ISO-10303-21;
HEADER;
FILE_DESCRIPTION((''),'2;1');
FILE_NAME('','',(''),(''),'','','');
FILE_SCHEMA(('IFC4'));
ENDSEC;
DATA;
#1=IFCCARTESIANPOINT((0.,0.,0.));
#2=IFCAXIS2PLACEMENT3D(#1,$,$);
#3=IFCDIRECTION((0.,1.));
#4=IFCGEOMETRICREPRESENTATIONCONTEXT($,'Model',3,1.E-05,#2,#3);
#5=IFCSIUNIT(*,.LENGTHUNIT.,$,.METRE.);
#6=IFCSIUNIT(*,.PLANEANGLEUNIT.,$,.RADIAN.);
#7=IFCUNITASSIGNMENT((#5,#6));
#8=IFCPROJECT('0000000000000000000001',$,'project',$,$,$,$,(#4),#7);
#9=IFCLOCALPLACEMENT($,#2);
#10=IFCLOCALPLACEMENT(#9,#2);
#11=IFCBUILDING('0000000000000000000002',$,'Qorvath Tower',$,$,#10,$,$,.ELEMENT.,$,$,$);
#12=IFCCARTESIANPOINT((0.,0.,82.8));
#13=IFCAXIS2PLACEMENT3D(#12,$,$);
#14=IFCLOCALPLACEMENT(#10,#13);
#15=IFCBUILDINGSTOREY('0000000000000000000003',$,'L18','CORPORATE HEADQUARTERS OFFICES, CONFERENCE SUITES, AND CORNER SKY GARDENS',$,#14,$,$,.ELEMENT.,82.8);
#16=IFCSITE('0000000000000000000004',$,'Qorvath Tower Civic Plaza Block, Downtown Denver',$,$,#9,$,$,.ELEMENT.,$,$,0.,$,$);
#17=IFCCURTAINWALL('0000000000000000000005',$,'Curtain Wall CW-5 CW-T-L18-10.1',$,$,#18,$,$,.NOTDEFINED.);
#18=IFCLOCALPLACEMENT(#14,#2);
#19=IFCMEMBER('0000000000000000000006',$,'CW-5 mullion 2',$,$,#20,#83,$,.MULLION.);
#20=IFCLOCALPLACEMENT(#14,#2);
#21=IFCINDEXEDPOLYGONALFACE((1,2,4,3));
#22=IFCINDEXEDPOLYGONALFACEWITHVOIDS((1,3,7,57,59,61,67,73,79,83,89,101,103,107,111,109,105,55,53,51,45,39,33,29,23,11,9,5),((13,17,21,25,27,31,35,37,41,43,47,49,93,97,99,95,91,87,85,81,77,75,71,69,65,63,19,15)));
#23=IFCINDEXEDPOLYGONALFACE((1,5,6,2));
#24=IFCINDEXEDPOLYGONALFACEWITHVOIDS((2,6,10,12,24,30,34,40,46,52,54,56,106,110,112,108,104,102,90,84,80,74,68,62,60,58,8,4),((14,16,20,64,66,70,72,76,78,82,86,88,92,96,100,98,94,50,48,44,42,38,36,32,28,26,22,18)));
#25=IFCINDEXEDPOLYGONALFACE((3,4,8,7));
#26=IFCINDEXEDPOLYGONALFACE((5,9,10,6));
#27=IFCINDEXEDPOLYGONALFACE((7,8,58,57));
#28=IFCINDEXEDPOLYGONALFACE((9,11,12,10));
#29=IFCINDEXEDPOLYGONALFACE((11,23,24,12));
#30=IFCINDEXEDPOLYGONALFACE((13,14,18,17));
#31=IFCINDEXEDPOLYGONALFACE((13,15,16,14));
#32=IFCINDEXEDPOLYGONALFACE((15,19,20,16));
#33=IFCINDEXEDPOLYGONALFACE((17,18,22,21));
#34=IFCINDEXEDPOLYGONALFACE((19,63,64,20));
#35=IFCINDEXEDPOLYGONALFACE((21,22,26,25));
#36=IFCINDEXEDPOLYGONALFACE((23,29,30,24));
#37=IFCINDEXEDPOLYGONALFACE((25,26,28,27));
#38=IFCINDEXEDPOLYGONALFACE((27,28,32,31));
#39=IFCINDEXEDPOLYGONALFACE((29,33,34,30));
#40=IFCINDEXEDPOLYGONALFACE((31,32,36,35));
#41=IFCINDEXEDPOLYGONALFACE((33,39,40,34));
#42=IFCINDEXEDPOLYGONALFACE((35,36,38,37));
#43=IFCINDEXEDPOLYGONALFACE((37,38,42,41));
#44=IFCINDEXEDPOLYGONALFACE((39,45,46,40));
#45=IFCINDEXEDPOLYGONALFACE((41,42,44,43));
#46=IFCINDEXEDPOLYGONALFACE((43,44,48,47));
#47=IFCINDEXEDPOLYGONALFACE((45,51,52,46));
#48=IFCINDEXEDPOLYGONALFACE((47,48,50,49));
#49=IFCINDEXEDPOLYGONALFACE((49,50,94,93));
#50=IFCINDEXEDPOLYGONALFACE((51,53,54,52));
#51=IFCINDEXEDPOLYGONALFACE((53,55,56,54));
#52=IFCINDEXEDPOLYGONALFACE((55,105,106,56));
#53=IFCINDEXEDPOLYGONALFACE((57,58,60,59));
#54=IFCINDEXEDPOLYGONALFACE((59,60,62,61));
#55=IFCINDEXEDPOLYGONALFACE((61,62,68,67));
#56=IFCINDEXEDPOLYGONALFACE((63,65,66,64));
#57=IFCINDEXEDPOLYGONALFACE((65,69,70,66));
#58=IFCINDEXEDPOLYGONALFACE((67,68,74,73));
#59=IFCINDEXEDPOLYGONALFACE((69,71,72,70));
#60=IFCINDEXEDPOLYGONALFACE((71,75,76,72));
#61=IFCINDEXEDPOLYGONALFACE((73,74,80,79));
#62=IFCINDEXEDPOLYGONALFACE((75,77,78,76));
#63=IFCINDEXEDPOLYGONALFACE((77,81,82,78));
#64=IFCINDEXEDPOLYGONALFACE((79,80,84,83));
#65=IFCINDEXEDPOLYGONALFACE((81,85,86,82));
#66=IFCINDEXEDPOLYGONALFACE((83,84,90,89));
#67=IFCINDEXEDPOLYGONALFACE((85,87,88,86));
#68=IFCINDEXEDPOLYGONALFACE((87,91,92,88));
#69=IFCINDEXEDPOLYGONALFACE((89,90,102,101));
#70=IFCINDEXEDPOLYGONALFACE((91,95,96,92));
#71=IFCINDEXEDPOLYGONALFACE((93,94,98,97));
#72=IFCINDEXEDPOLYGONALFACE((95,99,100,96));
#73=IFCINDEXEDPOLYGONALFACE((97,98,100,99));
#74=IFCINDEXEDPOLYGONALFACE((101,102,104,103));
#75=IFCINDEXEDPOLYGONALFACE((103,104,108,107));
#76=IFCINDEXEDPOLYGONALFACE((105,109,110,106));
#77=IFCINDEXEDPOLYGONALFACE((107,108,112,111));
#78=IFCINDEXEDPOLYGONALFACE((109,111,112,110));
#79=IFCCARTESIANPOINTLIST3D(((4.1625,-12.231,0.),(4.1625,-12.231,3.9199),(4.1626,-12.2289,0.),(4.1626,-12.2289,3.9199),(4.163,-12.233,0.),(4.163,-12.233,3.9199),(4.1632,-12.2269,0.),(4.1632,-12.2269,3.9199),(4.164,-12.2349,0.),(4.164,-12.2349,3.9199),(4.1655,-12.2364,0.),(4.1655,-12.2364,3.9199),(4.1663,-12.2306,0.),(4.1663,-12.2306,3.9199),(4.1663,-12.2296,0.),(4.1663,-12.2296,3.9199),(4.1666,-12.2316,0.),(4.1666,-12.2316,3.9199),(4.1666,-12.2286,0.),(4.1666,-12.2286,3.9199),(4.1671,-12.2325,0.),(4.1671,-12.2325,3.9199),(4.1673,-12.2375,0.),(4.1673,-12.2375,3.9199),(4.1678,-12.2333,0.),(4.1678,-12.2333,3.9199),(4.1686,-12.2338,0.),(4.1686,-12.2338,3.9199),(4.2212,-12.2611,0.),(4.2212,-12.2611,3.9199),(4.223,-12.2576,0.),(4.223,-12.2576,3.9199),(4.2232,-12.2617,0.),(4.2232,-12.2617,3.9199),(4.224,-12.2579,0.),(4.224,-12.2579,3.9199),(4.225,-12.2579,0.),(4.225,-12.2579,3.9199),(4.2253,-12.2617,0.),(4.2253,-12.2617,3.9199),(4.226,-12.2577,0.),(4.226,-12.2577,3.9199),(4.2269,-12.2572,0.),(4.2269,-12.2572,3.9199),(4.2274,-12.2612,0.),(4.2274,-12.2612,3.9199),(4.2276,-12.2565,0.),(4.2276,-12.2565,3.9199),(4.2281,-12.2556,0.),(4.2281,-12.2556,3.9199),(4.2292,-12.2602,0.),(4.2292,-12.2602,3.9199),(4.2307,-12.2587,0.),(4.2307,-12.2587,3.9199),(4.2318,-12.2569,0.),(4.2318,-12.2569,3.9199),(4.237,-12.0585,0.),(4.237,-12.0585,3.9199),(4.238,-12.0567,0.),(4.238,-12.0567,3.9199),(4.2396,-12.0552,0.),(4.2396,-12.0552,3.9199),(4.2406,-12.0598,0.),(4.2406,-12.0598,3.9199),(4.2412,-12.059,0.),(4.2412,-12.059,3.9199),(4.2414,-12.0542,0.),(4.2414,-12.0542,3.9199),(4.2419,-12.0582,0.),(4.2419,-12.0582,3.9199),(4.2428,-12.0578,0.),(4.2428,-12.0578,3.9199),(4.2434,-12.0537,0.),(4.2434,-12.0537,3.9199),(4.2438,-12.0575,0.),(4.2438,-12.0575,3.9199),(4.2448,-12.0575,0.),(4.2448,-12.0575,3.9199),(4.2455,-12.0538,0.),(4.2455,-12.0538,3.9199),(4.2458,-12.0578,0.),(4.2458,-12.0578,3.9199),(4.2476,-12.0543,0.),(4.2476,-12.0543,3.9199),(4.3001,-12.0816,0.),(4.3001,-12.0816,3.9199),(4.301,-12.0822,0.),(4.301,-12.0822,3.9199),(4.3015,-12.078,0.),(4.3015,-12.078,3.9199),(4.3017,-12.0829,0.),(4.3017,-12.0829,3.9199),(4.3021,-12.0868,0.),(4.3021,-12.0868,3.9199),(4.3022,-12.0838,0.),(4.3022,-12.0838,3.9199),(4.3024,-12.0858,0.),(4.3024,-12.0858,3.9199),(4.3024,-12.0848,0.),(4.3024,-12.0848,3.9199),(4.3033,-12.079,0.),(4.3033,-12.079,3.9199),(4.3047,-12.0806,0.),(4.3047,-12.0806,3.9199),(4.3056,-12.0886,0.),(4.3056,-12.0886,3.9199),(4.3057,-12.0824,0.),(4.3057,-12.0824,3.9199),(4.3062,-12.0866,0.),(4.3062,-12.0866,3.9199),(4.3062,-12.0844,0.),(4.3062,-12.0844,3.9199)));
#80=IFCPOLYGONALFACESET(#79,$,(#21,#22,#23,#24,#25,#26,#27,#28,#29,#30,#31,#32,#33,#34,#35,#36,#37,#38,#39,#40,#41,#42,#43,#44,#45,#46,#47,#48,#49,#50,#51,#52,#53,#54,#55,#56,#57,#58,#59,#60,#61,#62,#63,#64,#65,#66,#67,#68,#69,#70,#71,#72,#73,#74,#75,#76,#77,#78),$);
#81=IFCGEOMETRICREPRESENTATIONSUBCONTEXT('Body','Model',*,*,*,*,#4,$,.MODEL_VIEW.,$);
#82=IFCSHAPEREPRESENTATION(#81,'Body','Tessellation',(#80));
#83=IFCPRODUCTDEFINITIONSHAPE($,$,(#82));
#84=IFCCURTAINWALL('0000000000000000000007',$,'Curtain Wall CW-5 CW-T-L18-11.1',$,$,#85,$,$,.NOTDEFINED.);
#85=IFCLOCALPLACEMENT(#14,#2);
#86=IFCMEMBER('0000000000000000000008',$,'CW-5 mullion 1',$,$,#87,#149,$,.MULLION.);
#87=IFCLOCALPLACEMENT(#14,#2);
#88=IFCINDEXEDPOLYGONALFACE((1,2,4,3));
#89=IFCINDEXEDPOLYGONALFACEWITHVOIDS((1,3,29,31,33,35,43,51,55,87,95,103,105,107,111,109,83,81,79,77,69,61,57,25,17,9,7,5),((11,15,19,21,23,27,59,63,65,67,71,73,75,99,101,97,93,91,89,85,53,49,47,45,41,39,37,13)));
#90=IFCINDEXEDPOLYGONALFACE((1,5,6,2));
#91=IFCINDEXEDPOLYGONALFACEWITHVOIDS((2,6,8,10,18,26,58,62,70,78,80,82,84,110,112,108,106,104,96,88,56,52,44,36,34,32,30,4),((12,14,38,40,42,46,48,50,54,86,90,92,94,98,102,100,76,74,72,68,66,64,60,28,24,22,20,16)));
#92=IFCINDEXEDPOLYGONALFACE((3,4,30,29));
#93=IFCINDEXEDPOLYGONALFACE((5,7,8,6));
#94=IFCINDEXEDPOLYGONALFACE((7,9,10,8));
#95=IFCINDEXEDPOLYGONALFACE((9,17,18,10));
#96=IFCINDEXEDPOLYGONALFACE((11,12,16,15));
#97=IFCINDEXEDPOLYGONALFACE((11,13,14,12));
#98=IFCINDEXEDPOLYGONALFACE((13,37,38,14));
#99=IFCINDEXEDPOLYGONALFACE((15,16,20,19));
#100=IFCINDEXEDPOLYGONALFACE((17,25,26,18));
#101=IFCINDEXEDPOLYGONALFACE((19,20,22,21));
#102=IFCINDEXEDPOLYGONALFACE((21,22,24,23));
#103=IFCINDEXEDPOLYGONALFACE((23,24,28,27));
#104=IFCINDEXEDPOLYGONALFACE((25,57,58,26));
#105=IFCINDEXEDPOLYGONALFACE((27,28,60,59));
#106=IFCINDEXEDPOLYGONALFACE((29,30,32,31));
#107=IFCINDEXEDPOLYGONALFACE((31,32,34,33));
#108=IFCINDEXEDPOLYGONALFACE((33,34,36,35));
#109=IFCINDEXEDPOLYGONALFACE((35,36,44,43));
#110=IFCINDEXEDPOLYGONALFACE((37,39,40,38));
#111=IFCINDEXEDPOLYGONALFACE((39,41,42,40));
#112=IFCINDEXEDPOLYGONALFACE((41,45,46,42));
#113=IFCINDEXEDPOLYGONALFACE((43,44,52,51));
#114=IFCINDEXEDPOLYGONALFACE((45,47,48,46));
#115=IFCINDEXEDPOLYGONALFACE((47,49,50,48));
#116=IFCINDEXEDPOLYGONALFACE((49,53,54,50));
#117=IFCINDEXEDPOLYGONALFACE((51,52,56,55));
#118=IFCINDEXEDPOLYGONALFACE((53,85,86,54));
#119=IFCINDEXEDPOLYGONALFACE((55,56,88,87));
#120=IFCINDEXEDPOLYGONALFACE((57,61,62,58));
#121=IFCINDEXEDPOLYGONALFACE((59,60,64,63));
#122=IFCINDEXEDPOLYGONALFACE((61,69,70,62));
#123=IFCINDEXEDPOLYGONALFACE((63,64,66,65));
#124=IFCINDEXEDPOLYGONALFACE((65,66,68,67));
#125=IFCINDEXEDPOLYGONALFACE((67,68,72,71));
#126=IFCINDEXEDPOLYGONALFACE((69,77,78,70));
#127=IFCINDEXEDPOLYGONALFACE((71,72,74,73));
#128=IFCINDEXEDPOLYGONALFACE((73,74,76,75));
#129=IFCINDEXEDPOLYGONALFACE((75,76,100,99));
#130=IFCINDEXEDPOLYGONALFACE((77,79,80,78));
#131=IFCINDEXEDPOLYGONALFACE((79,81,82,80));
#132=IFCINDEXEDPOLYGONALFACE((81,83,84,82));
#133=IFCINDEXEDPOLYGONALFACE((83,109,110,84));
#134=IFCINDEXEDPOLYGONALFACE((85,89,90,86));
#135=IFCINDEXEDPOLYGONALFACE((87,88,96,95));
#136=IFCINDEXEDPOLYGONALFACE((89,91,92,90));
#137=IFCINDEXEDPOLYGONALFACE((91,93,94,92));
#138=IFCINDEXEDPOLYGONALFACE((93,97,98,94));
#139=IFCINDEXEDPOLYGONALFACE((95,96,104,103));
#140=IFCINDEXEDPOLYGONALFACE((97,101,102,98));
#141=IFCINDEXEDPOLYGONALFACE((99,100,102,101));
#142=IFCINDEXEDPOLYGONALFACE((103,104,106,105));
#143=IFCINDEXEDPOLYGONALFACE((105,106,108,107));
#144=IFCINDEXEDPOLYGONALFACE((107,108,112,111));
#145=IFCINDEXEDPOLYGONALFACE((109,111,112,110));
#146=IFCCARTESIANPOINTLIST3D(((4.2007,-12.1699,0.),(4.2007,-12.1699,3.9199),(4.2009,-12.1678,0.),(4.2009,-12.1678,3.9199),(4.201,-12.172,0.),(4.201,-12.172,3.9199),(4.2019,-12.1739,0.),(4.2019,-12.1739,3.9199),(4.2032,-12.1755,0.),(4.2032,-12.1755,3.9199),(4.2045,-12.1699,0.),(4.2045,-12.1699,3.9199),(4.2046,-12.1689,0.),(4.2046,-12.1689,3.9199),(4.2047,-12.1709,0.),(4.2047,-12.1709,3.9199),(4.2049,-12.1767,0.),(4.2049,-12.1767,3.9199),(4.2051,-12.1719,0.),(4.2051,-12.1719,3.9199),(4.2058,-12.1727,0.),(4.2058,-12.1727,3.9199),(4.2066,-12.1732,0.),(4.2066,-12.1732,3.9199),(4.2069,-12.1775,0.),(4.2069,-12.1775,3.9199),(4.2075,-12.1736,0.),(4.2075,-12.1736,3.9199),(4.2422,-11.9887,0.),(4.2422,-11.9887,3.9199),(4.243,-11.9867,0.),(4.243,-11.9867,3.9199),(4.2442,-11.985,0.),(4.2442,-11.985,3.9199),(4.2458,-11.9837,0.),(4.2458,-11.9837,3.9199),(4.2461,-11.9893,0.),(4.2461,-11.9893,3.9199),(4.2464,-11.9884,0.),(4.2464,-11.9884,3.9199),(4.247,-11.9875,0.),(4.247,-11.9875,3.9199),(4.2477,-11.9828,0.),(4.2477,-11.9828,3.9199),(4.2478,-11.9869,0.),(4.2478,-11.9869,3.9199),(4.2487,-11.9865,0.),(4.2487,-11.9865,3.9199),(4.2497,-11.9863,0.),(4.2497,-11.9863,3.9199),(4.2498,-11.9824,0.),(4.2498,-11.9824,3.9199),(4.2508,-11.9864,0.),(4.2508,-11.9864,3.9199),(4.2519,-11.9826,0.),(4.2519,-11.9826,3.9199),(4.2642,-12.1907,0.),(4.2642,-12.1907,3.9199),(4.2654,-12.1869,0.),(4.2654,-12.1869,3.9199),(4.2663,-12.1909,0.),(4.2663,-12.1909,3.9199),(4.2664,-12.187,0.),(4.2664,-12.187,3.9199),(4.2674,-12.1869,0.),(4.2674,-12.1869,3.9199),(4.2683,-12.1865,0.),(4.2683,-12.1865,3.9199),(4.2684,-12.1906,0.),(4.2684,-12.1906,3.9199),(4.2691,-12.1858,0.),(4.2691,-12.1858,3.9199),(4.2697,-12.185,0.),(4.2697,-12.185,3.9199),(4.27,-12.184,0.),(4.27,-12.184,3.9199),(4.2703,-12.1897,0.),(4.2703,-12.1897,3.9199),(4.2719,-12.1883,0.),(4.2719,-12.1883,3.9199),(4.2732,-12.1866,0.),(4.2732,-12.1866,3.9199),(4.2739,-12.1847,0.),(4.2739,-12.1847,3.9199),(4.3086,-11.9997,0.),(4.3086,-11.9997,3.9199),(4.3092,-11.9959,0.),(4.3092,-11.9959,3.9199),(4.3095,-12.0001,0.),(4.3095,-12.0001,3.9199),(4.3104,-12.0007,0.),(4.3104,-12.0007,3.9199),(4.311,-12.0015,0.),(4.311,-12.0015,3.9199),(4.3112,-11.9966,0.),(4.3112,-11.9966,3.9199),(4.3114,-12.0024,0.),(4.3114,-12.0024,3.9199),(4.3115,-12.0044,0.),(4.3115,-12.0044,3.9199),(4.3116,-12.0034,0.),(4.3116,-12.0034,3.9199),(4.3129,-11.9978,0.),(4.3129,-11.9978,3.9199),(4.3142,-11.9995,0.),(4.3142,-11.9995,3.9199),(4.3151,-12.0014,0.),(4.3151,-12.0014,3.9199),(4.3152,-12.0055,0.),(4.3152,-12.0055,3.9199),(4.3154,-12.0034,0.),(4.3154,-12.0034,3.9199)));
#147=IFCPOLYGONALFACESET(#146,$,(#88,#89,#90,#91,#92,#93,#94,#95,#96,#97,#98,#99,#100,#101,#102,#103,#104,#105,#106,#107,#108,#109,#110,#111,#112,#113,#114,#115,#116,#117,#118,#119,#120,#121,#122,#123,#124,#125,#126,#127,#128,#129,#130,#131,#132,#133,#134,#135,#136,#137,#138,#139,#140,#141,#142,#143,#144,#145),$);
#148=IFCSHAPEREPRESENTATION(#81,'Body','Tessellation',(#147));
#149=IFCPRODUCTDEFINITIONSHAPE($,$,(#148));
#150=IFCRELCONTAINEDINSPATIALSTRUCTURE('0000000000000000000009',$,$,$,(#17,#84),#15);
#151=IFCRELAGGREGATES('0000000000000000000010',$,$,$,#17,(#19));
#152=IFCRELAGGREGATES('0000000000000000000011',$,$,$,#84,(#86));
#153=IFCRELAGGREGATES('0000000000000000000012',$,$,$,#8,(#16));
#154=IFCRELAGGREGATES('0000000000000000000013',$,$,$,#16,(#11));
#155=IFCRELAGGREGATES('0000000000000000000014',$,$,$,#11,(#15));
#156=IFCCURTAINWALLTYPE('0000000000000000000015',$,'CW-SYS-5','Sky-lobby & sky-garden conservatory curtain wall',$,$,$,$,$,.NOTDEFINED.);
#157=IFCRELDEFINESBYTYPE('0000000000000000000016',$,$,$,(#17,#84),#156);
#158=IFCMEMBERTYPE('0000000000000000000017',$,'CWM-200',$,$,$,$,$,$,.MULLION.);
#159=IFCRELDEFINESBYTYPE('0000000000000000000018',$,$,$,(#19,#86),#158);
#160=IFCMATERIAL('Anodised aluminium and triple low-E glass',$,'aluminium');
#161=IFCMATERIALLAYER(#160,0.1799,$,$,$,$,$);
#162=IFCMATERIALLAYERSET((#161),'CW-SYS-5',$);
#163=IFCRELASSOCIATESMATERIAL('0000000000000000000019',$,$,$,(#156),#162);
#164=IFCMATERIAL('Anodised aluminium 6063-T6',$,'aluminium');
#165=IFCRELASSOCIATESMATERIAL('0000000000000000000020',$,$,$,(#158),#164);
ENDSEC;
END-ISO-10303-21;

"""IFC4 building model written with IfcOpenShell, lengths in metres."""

from ifc_helpers import new_model, si_unit, direction, frame, origin, origin_2d, place, context, subcontext, project, spatial, hollow_rectangle, extrude, material, layer, layer_set, material_profile, profile_set, type_object, element, aggregate, save


model = new_model("IFC4")

# Units and contexts
model_context = context("Model", 3, precision=1e-05, world=origin(), true_north=direction((0.0, 1.0)))
body_context = subcontext(model_context, "Body", "Model", "MODEL_VIEW")
ifc_project = project(units=[si_unit("LENGTHUNIT", "METRE"), si_unit("PLANEANGLEUNIT", "RADIAN")], contexts=[model_context])

# Site, building, storey
site_placement = place(None, origin())
site = spatial("IfcSite", under=ifc_project, at=site_placement, Name="Qorvath Tower Civic Plaza Block, Downtown Denver", CompositionType="ELEMENT", RefElevation=0.0)
building_placement = place(site_placement, origin())
building = spatial("IfcBuilding", under=site, at=building_placement, Name="Qorvath Tower", CompositionType="ELEMENT")
storey_placement = place(building_placement, frame((0.0, 0.0, 82.8)))
storey = spatial("IfcBuildingStorey", under=building, at=storey_placement, Name="L18", Description="CORPORATE HEADQUARTERS OFFICES, CONFERENCE SUITES, AND CORNER SKY GARDENS", CompositionType="ELEMENT", Elevation=82.8)

# Curtain wall, member
ifc_material_1 = material(Name="Anodised aluminium and triple low-E glass", Category="aluminium")
ifc_layer_1 = layer(ifc_material_1, 0.1799)
ifc_layer_set_1 = layer_set([ifc_layer_1], Name="CW-SYS-5")
curtain_wall_type = type_object("IfcCurtainWallType", Name="CW-SYS-5", Description="Sky-lobby & sky-garden conservatory curtain wall", PredefinedType="NOTDEFINED", material=ifc_layer_set_1)
curtain_wall_1_placement = place(storey_placement, origin())
curtain_wall_1 = element("IfcCurtainWall", 1, at=curtain_wall_1_placement, inside=storey, type_object=curtain_wall_type, Name="Curtain Wall CW-5 CW-T-L18-10.1", PredefinedType="NOTDEFINED")
ifc_material_2 = material(Name="Anodised aluminium 6063-T6", Category="aluminium")
ifc_material_profile_1 = material_profile(ifc_material_2, hollow_rectangle(XDim=0.075, YDim=0.2, WallThickness=0.0039, InnerFilletRadius=0.0039, OuterFilletRadius=0.0081, at=origin_2d()), Name="CWM 200x75")
ifc_profile_set_1 = profile_set([ifc_material_profile_1], Name="Anodised aluminium 6063-T6")
member_type_1 = type_object("IfcMemberType", Name="CWM-200", PredefinedType="MULLION", material=ifc_profile_set_1)
member_1_placement = place(storey_placement, frame((4.2344, -12.1577, 0.0), z_axis=(0.0, 0.0, 1.0), x_axis=(-0.915886, 0.40144, 0.0)))
member_1 = element("IfcMember", 2, at=member_1_placement, type_object=member_type_1, Name="CW-5 mullion 2", PredefinedType="MULLION", context=body_context, shape_type="SweptSolid", body=[
    extrude(hollow_rectangle(XDim=0.075, YDim=0.2, WallThickness=0.0039, InnerFilletRadius=0.0039, OuterFilletRadius=0.0081, at=origin_2d()), origin(), (0.0, 0.0, 1.0), 3.9199),
])

# Curtain wall, member
curtain_wall_2_placement = place(storey_placement, origin())
curtain_wall_2 = element("IfcCurtainWall", 3, at=curtain_wall_2_placement, inside=storey, type_object=curtain_wall_type, Name="Curtain Wall CW-5 CW-T-L18-11.1", PredefinedType="NOTDEFINED")
member_2_placement = place(storey_placement, frame((4.2581, -12.0867, 0.0), z_axis=(0.0, 0.0, 1.0), x_axis=(-0.974377, 0.224923, 0.0)))
member_2 = element("IfcMember", 4, at=member_2_placement, type_object=member_type_1, Name="CW-5 mullion 1", PredefinedType="MULLION", context=body_context, shape_type="SweptSolid", body=[
    extrude(hollow_rectangle(XDim=0.075, YDim=0.2, WallThickness=0.0039, InnerFilletRadius=0.0039, OuterFilletRadius=0.0081, at=origin_2d()), origin(), (0.0, 0.0, 1.0), 3.9199),
])

aggregate(curtain_wall_1, [member_1])
aggregate(curtain_wall_2, [member_2])

save(model, "model.ifc")
